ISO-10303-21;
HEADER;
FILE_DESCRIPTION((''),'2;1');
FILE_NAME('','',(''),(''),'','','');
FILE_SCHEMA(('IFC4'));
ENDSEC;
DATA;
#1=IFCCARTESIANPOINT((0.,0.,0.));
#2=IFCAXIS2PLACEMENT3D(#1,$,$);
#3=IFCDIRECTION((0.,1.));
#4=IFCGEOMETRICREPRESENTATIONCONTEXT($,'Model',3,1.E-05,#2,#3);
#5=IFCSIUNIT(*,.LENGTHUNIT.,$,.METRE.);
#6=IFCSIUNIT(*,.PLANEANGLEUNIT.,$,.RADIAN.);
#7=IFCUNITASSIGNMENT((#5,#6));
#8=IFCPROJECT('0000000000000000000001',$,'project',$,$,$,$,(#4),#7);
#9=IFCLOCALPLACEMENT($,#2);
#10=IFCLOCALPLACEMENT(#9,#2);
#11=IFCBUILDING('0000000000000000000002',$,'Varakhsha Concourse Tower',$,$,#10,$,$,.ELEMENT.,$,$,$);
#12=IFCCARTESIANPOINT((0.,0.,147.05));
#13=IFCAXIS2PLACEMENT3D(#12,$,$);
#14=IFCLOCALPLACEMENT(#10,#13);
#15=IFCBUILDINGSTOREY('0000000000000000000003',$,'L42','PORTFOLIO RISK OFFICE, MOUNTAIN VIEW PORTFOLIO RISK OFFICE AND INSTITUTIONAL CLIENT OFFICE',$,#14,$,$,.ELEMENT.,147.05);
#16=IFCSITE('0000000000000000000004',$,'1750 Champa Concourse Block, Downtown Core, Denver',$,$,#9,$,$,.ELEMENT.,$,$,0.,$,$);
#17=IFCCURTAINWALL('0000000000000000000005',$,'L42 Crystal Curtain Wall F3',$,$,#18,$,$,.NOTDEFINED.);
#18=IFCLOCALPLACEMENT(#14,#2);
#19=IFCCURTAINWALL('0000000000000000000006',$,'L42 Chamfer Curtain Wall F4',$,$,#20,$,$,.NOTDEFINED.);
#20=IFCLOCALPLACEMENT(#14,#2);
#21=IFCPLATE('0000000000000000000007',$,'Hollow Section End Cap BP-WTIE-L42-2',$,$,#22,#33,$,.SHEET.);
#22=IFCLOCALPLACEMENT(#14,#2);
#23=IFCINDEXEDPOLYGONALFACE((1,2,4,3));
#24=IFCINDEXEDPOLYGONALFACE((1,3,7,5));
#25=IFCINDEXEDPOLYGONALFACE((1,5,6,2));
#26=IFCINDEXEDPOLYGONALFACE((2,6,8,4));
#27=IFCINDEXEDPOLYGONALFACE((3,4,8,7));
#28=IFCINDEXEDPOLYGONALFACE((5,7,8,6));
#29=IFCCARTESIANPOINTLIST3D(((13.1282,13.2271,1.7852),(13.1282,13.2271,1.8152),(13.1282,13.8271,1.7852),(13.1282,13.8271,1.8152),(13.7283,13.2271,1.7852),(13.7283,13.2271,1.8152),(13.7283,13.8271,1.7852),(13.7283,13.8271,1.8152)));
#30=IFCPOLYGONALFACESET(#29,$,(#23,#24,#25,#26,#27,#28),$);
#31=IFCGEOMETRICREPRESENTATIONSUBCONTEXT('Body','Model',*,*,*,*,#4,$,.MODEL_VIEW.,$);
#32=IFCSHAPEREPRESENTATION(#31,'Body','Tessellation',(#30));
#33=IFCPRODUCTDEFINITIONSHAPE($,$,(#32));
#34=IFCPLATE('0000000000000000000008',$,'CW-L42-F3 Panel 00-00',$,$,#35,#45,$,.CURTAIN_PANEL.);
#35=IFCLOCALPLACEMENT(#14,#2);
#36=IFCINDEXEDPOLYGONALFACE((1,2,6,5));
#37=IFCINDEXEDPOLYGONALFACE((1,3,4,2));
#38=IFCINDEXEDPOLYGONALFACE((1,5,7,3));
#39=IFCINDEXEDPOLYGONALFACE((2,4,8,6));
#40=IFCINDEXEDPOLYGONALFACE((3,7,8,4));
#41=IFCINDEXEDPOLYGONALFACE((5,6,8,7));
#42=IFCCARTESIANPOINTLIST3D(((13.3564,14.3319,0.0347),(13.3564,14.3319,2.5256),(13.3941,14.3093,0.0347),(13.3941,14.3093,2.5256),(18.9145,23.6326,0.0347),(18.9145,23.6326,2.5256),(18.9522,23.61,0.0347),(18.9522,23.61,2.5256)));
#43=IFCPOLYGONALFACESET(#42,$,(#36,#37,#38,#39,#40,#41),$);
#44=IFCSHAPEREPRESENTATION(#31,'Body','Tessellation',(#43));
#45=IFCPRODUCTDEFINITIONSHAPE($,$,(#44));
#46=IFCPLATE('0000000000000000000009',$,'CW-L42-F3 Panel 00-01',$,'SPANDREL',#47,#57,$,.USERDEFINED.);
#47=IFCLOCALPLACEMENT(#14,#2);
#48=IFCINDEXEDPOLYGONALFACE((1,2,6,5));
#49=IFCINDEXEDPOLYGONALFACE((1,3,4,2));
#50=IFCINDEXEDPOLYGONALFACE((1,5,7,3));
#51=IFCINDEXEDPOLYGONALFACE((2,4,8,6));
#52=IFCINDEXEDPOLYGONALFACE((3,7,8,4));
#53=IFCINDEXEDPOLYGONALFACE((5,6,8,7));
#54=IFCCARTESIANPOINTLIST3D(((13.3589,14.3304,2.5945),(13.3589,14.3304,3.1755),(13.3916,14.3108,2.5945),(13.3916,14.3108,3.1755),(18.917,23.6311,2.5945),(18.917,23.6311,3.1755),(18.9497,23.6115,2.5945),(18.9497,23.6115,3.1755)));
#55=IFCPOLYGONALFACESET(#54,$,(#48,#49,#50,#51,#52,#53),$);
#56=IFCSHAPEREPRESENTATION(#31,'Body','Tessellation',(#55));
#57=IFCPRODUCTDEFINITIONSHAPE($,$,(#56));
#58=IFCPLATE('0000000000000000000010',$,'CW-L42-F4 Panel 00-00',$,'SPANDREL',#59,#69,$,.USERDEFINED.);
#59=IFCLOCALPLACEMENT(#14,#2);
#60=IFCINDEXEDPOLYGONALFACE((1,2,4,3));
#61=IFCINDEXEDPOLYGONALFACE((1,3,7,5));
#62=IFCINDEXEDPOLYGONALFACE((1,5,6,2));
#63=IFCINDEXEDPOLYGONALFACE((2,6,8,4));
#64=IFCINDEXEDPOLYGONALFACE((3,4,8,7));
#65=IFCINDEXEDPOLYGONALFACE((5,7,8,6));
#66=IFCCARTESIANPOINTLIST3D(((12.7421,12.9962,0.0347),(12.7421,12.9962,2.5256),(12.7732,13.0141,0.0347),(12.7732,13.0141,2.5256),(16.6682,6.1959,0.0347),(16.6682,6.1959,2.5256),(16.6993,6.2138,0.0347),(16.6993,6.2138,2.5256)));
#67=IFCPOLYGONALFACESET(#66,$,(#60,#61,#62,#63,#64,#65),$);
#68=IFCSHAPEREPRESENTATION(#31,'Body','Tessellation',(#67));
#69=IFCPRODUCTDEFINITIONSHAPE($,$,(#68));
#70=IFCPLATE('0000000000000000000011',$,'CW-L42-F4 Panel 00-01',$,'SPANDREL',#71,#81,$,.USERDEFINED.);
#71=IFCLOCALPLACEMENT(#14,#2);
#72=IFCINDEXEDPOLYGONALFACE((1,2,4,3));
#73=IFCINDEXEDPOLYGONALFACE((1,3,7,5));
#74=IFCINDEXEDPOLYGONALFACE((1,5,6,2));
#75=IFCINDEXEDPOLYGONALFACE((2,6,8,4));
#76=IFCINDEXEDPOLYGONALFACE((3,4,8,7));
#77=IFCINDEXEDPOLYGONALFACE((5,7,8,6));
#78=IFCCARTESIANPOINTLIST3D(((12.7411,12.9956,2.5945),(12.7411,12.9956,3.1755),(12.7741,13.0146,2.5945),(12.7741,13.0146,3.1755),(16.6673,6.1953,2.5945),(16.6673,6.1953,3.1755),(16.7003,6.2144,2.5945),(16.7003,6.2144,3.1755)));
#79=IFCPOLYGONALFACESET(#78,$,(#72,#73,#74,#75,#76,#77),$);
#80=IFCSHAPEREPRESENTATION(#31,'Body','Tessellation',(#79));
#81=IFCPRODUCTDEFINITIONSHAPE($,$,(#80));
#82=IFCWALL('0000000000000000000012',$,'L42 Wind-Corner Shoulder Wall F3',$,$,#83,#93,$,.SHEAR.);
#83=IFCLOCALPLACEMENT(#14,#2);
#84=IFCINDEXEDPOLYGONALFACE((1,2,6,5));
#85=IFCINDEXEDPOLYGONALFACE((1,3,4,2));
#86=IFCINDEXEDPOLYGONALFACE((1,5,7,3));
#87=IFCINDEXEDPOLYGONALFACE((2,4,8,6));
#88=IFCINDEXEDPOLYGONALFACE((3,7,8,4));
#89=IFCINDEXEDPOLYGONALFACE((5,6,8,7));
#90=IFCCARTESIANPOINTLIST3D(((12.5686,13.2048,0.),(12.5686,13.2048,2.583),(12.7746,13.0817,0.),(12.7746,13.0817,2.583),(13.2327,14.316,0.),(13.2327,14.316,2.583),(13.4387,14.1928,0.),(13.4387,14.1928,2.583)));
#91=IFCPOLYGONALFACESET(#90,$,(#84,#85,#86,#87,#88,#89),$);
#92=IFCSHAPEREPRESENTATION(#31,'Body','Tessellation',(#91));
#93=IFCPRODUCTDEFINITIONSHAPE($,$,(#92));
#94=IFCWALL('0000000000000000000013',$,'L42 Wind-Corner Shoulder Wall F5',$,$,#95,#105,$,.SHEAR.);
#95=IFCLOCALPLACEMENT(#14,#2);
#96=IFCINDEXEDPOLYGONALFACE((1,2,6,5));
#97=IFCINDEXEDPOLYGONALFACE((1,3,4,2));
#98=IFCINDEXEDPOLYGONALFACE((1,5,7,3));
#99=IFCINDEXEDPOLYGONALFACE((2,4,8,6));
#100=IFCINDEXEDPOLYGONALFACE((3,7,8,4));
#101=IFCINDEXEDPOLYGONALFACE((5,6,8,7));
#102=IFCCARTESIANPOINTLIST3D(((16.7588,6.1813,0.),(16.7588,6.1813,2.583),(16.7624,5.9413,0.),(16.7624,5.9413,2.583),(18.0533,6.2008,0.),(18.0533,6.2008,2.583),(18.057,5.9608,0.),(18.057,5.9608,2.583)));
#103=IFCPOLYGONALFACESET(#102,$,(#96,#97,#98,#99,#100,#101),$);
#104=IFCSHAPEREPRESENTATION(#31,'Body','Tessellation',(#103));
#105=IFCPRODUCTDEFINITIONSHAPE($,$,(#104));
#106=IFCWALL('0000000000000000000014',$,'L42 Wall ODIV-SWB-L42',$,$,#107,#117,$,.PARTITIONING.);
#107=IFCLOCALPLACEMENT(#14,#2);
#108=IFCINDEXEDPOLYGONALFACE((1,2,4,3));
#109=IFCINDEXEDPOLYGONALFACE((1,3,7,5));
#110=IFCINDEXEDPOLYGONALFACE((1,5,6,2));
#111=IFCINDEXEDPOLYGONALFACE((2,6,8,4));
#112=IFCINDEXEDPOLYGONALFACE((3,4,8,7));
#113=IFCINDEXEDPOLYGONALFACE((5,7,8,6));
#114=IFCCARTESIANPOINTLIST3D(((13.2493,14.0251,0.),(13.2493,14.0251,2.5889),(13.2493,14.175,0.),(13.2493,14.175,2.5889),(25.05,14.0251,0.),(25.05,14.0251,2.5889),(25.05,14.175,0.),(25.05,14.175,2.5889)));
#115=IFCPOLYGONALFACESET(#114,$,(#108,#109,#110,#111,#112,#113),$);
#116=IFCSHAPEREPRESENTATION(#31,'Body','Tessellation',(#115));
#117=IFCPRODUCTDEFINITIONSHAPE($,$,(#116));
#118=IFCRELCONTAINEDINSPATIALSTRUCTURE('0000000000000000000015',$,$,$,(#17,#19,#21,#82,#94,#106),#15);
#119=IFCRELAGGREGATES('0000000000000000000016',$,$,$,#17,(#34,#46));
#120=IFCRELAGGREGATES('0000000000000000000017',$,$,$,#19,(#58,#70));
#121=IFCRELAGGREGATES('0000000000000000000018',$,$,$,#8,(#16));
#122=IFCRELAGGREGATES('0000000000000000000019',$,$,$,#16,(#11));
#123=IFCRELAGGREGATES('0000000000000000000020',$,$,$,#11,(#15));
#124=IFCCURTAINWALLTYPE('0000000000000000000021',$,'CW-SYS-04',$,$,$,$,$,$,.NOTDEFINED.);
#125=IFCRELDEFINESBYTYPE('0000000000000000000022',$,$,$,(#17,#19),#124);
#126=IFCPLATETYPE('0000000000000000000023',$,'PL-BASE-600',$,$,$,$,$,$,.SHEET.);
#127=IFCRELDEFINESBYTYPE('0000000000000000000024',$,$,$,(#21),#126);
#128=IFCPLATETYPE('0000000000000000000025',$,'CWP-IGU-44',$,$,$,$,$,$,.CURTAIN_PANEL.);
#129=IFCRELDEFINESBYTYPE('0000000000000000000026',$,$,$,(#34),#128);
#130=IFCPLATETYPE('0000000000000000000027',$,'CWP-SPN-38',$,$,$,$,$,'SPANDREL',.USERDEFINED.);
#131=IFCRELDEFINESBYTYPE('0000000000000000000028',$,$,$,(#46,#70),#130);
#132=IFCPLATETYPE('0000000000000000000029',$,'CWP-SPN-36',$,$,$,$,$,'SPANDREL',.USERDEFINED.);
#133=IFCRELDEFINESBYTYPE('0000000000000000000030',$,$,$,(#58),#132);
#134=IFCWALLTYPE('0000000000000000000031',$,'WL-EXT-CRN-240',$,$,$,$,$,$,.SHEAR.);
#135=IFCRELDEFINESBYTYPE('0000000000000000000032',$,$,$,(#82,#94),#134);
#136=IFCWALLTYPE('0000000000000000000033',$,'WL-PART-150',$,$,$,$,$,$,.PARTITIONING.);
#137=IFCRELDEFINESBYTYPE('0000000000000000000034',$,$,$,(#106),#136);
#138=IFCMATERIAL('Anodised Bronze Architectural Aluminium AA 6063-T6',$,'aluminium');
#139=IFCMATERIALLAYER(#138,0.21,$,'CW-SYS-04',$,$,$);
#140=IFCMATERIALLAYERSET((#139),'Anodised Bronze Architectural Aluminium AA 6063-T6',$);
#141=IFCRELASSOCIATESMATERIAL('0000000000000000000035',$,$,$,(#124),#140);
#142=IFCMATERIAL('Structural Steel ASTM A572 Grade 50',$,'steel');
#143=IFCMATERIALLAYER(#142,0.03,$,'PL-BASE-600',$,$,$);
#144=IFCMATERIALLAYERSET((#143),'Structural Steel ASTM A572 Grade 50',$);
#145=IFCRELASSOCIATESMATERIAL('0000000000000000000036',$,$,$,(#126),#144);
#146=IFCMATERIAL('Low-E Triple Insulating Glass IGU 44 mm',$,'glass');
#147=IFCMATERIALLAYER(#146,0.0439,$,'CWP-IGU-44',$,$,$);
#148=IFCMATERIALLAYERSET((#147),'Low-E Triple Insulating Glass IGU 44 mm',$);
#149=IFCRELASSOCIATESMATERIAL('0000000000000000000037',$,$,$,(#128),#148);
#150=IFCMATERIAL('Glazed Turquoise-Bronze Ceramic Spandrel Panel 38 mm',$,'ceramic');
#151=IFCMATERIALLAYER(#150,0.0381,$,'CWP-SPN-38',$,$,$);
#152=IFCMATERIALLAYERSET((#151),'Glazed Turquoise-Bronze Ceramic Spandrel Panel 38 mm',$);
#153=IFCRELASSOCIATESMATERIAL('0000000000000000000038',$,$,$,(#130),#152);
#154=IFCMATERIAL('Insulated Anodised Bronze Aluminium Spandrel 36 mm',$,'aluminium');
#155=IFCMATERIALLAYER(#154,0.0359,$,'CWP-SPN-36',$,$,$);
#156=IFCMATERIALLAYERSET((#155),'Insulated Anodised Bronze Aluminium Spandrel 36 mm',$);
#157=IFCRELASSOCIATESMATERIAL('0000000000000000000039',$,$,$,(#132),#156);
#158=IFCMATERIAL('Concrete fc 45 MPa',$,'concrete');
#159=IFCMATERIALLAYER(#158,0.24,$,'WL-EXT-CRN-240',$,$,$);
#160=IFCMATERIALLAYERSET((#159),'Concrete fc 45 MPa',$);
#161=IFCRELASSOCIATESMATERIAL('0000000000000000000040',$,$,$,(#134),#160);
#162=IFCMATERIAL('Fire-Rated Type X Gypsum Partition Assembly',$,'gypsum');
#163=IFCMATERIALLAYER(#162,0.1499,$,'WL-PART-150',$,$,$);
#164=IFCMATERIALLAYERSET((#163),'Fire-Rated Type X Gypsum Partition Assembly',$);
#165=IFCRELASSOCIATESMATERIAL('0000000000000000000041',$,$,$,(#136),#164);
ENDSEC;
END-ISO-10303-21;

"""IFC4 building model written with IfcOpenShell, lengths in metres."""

from ifc_helpers import new_model, si_unit, direction, frame, frame_2d, origin, origin_2d, place, context, subcontext, project, spatial, rectangle, extrude, source, transform, mapped, material, layer, layer_set, type_object, type_shapes, element, aggregate, save


model = new_model("IFC4")

# Units and contexts
model_context = context("Model", 3, precision=1e-05, world=origin(), true_north=direction((0.0, 1.0)))
body_context = subcontext(model_context, "Body", "Model", "MODEL_VIEW")
ifc_project = project(units=[si_unit("LENGTHUNIT", "METRE"), si_unit("PLANEANGLEUNIT", "RADIAN")], contexts=[model_context])

# Site, building, storey
site_placement = place(None, origin())
site = spatial("IfcSite", under=ifc_project, at=site_placement, Name="1750 Champa Concourse Block, Downtown Core, Denver", CompositionType="ELEMENT", RefElevation=0.0)
building_placement = place(site_placement, origin())
building = spatial("IfcBuilding", under=site, at=building_placement, Name="Varakhsha Concourse Tower", CompositionType="ELEMENT")
storey_placement = place(building_placement, frame((0.0, 0.0, 147.05)))
storey = spatial("IfcBuildingStorey", under=building, at=storey_placement, Name="L42", Description="PORTFOLIO RISK OFFICE, MOUNTAIN VIEW PORTFOLIO RISK OFFICE AND INSTITUTIONAL CLIENT OFFICE", CompositionType="ELEMENT", Elevation=147.05)

# Shared definitions
ifc_material_1 = material(Name="Structural Steel ASTM A572 Grade 50", Category="steel")

# Curtain wall
ifc_material_2 = material(Name="Anodised Bronze Architectural Aluminium AA 6063-T6", Category="aluminium")
ifc_layer_1 = layer(ifc_material_2, 0.21, Name="CW-SYS-04")
ifc_layer_set_1 = layer_set([ifc_layer_1], Name="Anodised Bronze Architectural Aluminium AA 6063-T6")
curtain_wall_type = type_object("IfcCurtainWallType", Name="CW-SYS-04", PredefinedType="NOTDEFINED", material=ifc_layer_set_1)
curtain_wall_1_placement = place(storey_placement, origin())
curtain_wall_1 = element("IfcCurtainWall", 1, at=curtain_wall_1_placement, inside=storey, type_object=curtain_wall_type, Name="L42 Crystal Curtain Wall F3", PredefinedType="NOTDEFINED")

# Curtain wall
curtain_wall_2_placement = place(storey_placement, origin())
curtain_wall_2 = element("IfcCurtainWall", 2, at=curtain_wall_2_placement, inside=storey, type_object=curtain_wall_type, Name="L42 Chamfer Curtain Wall F4", PredefinedType="NOTDEFINED")

# Shared definitions
ifc_material_3 = material(Name="Concrete fc 45 MPa", Category="concrete")

# Plate
ifc_layer_2 = layer(ifc_material_1, 0.03, Name="PL-BASE-600")
ifc_layer_set_2 = layer_set([ifc_layer_2], Name="Structural Steel ASTM A572 Grade 50")
plate_type_1 = type_object("IfcPlateType", Name="PL-BASE-600", PredefinedType="SHEET", material=ifc_layer_set_2)
shared_shape_1 = source(origin(), body_context, "Body", "SweptSolid", [
    extrude(rectangle(XDim=0.6001, YDim=0.6001, at=origin_2d()), origin(), (0.0, 0.0, 1.0), 0.03),
])
type_shapes(plate_type_1, [shared_shape_1])
plate_1_placement = place(storey_placement, frame((13.4282, 13.5271, 1.7852), z_axis=(0.0, 0.0, 1.0), x_axis=(1.0, 0.0, 0.0)))
element("IfcPlate", 3, at=plate_1_placement, inside=storey, type_object=plate_type_1, Name="Hollow Section End Cap BP-WTIE-L42-2", PredefinedType="SHEET", context=body_context, shape_type="MappedRepresentation", body=[
    mapped(shared_shape_1, transform((0.0, 0.0, 0.0), scale=1.0)),
])

# Plates
ifc_material_4 = material(Name="Low-E Triple Insulating Glass IGU 44 mm", Category="glass")
ifc_layer_3 = layer(ifc_material_4, 0.0439, Name="CWP-IGU-44")
ifc_layer_set_3 = layer_set([ifc_layer_3], Name="Low-E Triple Insulating Glass IGU 44 mm")
plate_type_2 = type_object("IfcPlateType", Name="CWP-IGU-44", PredefinedType="CURTAIN_PANEL", material=ifc_layer_set_3)
shared_shape_2 = source(origin(), body_context, "Body", "SweptSolid", [
    extrude(rectangle(XDim=10.835, YDim=0.0439, at=origin_2d()), origin(), (0.0, 0.0, 1.0), 2.491),
])
type_shapes(plate_type_2, [shared_shape_2])
plate_2_placement = place(storey_placement, frame((16.1543, 18.9709, 0.0347), z_axis=(0.0, 0.0, 1.0), x_axis=(0.512984, 0.858398, 0.0)))
plate_2 = element("IfcPlate", 4, at=plate_2_placement, type_object=plate_type_2, Name="CW-L42-F3 Panel 00-00", PredefinedType="CURTAIN_PANEL", context=body_context, shape_type="MappedRepresentation", body=[
    mapped(shared_shape_2, transform((0.0, 0.0, 0.0), scale=1.0)),
])
ifc_material_5 = material(Name="Glazed Turquoise-Bronze Ceramic Spandrel Panel 38 mm", Category="ceramic")
ifc_layer_4 = layer(ifc_material_5, 0.0381, Name="CWP-SPN-38")
ifc_layer_set_4 = layer_set([ifc_layer_4], Name="Glazed Turquoise-Bronze Ceramic Spandrel Panel 38 mm")
plate_type_3 = type_object("IfcPlateType", Name="CWP-SPN-38", ElementType="SPANDREL", PredefinedType="USERDEFINED", material=ifc_layer_set_4)
shared_shape_3 = source(origin(), body_context, "Body", "SweptSolid", [
    extrude(rectangle(XDim=10.835, YDim=0.0381, at=origin_2d()), origin(), (0.0, 0.0, 1.0), 0.5811),
])
plate_3_placement = place(storey_placement, frame((16.1543, 18.9709, 2.5945), z_axis=(0.0, 0.0, 1.0), x_axis=(0.512984, 0.858398, 0.0)))
plate_3 = element("IfcPlate", 5, at=plate_3_placement, type_object=plate_type_3, Name="CW-L42-F3 Panel 00-01", ObjectType="SPANDREL", PredefinedType="USERDEFINED", context=body_context, shape_type="MappedRepresentation", body=[
    mapped(shared_shape_3, transform((0.0, 0.0, 0.0), scale=1.0)),
])
aggregate(curtain_wall_1, [plate_2, plate_3])
ifc_material_6 = material(Name="Insulated Anodised Bronze Aluminium Spandrel 36 mm", Category="aluminium")
ifc_layer_5 = layer(ifc_material_6, 0.0359, Name="CWP-SPN-36")
ifc_layer_set_5 = layer_set([ifc_layer_5], Name="Insulated Anodised Bronze Aluminium Spandrel 36 mm")
plate_type_4 = type_object("IfcPlateType", Name="CWP-SPN-36", ElementType="SPANDREL", PredefinedType="USERDEFINED", material=ifc_layer_set_5)
shared_shape_4 = source(origin(), body_context, "Body", "SweptSolid", [
    extrude(rectangle(XDim=7.8523, YDim=0.0359, at=origin_2d()), origin(), (0.0, 0.0, 1.0), 2.491),
])
type_shapes(plate_type_4, [shared_shape_4])
plate_4_placement = place(storey_placement, frame((14.7207, 9.605, 0.0347), z_axis=(0.0, 0.0, 1.0), x_axis=(-0.5, 0.866025, 0.0)))
plate_4 = element("IfcPlate", 6, at=plate_4_placement, type_object=plate_type_4, Name="CW-L42-F4 Panel 00-00", ObjectType="SPANDREL", PredefinedType="USERDEFINED", context=body_context, shape_type="MappedRepresentation", body=[
    mapped(shared_shape_4, transform((0.0, 0.0, 0.0), scale=1.0)),
])
shared_shape_5 = source(origin(), body_context, "Body", "SweptSolid", [
    extrude(rectangle(XDim=7.8523, YDim=0.0381, at=origin_2d()), origin(), (0.0, 0.0, 1.0), 0.5811),
])
type_shapes(plate_type_3, [shared_shape_3, shared_shape_5])
plate_5_placement = place(storey_placement, frame((14.7207, 9.605, 2.5945), z_axis=(0.0, 0.0, 1.0), x_axis=(-0.5, 0.866025, 0.0)))
plate_5 = element("IfcPlate", 7, at=plate_5_placement, type_object=plate_type_3, Name="CW-L42-F4 Panel 00-01", ObjectType="SPANDREL", PredefinedType="USERDEFINED", context=body_context, shape_type="MappedRepresentation", body=[
    mapped(shared_shape_5, transform((0.0, 0.0, 0.0), scale=1.0)),
])
aggregate(curtain_wall_2, [plate_4, plate_5])

# Walls
ifc_layer_6 = layer(ifc_material_3, 0.24, Name="WL-EXT-CRN-240")
ifc_layer_set_6 = layer_set([ifc_layer_6], Name="Concrete fc 45 MPa")
wall_type_1 = type_object("IfcWallType", Name="WL-EXT-CRN-240", PredefinedType="SHEAR", material=ifc_layer_set_6)
wall_1_placement = place(storey_placement, frame((13.3357, 14.2544, 0.0), z_axis=(0.0, 0.0, 1.0), x_axis=(-0.513025, -0.858374, 0.0)))
element("IfcWall", 8, at=wall_1_placement, inside=storey, type_object=wall_type_1, Name="L42 Wind-Corner Shoulder Wall F3", PredefinedType="SHEAR", context=body_context, shape_type="SweptSolid", body=[
    extrude(rectangle(XDim=1.2944, YDim=0.24, at=frame_2d((0.6472, 0.0))), origin(), (0.0, 0.0, 1.0), 2.583),
])
wall_2_placement = place(storey_placement, frame((16.7605, 6.0613, 0.0), z_axis=(0.0, 0.0, 1.0), x_axis=(0.999886, 0.015087, 0.0)))
element("IfcWall", 9, at=wall_2_placement, inside=storey, type_object=wall_type_1, Name="L42 Wind-Corner Shoulder Wall F5", PredefinedType="SHEAR", context=body_context, shape_type="SweptSolid", body=[
    extrude(rectangle(XDim=1.2947, YDim=0.24, at=frame_2d((0.6475, 0.0))), origin(), (0.0, 0.0, 1.0), 2.583),
])
ifc_material_7 = material(Name="Fire-Rated Type X Gypsum Partition Assembly", Category="gypsum")
ifc_layer_7 = layer(ifc_material_7, 0.1499, Name="WL-PART-150")
ifc_layer_set_7 = layer_set([ifc_layer_7], Name="Fire-Rated Type X Gypsum Partition Assembly")
wall_type_2 = type_object("IfcWallType", Name="WL-PART-150", PredefinedType="PARTITIONING", material=ifc_layer_set_7)
wall_3_placement = place(storey_placement, frame((13.2493, 14.1001, 0.0), z_axis=(0.0, 0.0, 1.0), x_axis=(1.0, 0.0, 0.0)))
element("IfcWall", 10, at=wall_3_placement, inside=storey, type_object=wall_type_2, Name="L42 Wall ODIV-SWB-L42", PredefinedType="PARTITIONING", context=body_context, shape_type="SweptSolid", body=[
    extrude(rectangle(XDim=11.8008, YDim=0.1499, at=frame_2d((5.9004, 0.0))), origin(), (0.0, 0.0, 1.0), 2.5889),
])

save(model, "model.ifc")
